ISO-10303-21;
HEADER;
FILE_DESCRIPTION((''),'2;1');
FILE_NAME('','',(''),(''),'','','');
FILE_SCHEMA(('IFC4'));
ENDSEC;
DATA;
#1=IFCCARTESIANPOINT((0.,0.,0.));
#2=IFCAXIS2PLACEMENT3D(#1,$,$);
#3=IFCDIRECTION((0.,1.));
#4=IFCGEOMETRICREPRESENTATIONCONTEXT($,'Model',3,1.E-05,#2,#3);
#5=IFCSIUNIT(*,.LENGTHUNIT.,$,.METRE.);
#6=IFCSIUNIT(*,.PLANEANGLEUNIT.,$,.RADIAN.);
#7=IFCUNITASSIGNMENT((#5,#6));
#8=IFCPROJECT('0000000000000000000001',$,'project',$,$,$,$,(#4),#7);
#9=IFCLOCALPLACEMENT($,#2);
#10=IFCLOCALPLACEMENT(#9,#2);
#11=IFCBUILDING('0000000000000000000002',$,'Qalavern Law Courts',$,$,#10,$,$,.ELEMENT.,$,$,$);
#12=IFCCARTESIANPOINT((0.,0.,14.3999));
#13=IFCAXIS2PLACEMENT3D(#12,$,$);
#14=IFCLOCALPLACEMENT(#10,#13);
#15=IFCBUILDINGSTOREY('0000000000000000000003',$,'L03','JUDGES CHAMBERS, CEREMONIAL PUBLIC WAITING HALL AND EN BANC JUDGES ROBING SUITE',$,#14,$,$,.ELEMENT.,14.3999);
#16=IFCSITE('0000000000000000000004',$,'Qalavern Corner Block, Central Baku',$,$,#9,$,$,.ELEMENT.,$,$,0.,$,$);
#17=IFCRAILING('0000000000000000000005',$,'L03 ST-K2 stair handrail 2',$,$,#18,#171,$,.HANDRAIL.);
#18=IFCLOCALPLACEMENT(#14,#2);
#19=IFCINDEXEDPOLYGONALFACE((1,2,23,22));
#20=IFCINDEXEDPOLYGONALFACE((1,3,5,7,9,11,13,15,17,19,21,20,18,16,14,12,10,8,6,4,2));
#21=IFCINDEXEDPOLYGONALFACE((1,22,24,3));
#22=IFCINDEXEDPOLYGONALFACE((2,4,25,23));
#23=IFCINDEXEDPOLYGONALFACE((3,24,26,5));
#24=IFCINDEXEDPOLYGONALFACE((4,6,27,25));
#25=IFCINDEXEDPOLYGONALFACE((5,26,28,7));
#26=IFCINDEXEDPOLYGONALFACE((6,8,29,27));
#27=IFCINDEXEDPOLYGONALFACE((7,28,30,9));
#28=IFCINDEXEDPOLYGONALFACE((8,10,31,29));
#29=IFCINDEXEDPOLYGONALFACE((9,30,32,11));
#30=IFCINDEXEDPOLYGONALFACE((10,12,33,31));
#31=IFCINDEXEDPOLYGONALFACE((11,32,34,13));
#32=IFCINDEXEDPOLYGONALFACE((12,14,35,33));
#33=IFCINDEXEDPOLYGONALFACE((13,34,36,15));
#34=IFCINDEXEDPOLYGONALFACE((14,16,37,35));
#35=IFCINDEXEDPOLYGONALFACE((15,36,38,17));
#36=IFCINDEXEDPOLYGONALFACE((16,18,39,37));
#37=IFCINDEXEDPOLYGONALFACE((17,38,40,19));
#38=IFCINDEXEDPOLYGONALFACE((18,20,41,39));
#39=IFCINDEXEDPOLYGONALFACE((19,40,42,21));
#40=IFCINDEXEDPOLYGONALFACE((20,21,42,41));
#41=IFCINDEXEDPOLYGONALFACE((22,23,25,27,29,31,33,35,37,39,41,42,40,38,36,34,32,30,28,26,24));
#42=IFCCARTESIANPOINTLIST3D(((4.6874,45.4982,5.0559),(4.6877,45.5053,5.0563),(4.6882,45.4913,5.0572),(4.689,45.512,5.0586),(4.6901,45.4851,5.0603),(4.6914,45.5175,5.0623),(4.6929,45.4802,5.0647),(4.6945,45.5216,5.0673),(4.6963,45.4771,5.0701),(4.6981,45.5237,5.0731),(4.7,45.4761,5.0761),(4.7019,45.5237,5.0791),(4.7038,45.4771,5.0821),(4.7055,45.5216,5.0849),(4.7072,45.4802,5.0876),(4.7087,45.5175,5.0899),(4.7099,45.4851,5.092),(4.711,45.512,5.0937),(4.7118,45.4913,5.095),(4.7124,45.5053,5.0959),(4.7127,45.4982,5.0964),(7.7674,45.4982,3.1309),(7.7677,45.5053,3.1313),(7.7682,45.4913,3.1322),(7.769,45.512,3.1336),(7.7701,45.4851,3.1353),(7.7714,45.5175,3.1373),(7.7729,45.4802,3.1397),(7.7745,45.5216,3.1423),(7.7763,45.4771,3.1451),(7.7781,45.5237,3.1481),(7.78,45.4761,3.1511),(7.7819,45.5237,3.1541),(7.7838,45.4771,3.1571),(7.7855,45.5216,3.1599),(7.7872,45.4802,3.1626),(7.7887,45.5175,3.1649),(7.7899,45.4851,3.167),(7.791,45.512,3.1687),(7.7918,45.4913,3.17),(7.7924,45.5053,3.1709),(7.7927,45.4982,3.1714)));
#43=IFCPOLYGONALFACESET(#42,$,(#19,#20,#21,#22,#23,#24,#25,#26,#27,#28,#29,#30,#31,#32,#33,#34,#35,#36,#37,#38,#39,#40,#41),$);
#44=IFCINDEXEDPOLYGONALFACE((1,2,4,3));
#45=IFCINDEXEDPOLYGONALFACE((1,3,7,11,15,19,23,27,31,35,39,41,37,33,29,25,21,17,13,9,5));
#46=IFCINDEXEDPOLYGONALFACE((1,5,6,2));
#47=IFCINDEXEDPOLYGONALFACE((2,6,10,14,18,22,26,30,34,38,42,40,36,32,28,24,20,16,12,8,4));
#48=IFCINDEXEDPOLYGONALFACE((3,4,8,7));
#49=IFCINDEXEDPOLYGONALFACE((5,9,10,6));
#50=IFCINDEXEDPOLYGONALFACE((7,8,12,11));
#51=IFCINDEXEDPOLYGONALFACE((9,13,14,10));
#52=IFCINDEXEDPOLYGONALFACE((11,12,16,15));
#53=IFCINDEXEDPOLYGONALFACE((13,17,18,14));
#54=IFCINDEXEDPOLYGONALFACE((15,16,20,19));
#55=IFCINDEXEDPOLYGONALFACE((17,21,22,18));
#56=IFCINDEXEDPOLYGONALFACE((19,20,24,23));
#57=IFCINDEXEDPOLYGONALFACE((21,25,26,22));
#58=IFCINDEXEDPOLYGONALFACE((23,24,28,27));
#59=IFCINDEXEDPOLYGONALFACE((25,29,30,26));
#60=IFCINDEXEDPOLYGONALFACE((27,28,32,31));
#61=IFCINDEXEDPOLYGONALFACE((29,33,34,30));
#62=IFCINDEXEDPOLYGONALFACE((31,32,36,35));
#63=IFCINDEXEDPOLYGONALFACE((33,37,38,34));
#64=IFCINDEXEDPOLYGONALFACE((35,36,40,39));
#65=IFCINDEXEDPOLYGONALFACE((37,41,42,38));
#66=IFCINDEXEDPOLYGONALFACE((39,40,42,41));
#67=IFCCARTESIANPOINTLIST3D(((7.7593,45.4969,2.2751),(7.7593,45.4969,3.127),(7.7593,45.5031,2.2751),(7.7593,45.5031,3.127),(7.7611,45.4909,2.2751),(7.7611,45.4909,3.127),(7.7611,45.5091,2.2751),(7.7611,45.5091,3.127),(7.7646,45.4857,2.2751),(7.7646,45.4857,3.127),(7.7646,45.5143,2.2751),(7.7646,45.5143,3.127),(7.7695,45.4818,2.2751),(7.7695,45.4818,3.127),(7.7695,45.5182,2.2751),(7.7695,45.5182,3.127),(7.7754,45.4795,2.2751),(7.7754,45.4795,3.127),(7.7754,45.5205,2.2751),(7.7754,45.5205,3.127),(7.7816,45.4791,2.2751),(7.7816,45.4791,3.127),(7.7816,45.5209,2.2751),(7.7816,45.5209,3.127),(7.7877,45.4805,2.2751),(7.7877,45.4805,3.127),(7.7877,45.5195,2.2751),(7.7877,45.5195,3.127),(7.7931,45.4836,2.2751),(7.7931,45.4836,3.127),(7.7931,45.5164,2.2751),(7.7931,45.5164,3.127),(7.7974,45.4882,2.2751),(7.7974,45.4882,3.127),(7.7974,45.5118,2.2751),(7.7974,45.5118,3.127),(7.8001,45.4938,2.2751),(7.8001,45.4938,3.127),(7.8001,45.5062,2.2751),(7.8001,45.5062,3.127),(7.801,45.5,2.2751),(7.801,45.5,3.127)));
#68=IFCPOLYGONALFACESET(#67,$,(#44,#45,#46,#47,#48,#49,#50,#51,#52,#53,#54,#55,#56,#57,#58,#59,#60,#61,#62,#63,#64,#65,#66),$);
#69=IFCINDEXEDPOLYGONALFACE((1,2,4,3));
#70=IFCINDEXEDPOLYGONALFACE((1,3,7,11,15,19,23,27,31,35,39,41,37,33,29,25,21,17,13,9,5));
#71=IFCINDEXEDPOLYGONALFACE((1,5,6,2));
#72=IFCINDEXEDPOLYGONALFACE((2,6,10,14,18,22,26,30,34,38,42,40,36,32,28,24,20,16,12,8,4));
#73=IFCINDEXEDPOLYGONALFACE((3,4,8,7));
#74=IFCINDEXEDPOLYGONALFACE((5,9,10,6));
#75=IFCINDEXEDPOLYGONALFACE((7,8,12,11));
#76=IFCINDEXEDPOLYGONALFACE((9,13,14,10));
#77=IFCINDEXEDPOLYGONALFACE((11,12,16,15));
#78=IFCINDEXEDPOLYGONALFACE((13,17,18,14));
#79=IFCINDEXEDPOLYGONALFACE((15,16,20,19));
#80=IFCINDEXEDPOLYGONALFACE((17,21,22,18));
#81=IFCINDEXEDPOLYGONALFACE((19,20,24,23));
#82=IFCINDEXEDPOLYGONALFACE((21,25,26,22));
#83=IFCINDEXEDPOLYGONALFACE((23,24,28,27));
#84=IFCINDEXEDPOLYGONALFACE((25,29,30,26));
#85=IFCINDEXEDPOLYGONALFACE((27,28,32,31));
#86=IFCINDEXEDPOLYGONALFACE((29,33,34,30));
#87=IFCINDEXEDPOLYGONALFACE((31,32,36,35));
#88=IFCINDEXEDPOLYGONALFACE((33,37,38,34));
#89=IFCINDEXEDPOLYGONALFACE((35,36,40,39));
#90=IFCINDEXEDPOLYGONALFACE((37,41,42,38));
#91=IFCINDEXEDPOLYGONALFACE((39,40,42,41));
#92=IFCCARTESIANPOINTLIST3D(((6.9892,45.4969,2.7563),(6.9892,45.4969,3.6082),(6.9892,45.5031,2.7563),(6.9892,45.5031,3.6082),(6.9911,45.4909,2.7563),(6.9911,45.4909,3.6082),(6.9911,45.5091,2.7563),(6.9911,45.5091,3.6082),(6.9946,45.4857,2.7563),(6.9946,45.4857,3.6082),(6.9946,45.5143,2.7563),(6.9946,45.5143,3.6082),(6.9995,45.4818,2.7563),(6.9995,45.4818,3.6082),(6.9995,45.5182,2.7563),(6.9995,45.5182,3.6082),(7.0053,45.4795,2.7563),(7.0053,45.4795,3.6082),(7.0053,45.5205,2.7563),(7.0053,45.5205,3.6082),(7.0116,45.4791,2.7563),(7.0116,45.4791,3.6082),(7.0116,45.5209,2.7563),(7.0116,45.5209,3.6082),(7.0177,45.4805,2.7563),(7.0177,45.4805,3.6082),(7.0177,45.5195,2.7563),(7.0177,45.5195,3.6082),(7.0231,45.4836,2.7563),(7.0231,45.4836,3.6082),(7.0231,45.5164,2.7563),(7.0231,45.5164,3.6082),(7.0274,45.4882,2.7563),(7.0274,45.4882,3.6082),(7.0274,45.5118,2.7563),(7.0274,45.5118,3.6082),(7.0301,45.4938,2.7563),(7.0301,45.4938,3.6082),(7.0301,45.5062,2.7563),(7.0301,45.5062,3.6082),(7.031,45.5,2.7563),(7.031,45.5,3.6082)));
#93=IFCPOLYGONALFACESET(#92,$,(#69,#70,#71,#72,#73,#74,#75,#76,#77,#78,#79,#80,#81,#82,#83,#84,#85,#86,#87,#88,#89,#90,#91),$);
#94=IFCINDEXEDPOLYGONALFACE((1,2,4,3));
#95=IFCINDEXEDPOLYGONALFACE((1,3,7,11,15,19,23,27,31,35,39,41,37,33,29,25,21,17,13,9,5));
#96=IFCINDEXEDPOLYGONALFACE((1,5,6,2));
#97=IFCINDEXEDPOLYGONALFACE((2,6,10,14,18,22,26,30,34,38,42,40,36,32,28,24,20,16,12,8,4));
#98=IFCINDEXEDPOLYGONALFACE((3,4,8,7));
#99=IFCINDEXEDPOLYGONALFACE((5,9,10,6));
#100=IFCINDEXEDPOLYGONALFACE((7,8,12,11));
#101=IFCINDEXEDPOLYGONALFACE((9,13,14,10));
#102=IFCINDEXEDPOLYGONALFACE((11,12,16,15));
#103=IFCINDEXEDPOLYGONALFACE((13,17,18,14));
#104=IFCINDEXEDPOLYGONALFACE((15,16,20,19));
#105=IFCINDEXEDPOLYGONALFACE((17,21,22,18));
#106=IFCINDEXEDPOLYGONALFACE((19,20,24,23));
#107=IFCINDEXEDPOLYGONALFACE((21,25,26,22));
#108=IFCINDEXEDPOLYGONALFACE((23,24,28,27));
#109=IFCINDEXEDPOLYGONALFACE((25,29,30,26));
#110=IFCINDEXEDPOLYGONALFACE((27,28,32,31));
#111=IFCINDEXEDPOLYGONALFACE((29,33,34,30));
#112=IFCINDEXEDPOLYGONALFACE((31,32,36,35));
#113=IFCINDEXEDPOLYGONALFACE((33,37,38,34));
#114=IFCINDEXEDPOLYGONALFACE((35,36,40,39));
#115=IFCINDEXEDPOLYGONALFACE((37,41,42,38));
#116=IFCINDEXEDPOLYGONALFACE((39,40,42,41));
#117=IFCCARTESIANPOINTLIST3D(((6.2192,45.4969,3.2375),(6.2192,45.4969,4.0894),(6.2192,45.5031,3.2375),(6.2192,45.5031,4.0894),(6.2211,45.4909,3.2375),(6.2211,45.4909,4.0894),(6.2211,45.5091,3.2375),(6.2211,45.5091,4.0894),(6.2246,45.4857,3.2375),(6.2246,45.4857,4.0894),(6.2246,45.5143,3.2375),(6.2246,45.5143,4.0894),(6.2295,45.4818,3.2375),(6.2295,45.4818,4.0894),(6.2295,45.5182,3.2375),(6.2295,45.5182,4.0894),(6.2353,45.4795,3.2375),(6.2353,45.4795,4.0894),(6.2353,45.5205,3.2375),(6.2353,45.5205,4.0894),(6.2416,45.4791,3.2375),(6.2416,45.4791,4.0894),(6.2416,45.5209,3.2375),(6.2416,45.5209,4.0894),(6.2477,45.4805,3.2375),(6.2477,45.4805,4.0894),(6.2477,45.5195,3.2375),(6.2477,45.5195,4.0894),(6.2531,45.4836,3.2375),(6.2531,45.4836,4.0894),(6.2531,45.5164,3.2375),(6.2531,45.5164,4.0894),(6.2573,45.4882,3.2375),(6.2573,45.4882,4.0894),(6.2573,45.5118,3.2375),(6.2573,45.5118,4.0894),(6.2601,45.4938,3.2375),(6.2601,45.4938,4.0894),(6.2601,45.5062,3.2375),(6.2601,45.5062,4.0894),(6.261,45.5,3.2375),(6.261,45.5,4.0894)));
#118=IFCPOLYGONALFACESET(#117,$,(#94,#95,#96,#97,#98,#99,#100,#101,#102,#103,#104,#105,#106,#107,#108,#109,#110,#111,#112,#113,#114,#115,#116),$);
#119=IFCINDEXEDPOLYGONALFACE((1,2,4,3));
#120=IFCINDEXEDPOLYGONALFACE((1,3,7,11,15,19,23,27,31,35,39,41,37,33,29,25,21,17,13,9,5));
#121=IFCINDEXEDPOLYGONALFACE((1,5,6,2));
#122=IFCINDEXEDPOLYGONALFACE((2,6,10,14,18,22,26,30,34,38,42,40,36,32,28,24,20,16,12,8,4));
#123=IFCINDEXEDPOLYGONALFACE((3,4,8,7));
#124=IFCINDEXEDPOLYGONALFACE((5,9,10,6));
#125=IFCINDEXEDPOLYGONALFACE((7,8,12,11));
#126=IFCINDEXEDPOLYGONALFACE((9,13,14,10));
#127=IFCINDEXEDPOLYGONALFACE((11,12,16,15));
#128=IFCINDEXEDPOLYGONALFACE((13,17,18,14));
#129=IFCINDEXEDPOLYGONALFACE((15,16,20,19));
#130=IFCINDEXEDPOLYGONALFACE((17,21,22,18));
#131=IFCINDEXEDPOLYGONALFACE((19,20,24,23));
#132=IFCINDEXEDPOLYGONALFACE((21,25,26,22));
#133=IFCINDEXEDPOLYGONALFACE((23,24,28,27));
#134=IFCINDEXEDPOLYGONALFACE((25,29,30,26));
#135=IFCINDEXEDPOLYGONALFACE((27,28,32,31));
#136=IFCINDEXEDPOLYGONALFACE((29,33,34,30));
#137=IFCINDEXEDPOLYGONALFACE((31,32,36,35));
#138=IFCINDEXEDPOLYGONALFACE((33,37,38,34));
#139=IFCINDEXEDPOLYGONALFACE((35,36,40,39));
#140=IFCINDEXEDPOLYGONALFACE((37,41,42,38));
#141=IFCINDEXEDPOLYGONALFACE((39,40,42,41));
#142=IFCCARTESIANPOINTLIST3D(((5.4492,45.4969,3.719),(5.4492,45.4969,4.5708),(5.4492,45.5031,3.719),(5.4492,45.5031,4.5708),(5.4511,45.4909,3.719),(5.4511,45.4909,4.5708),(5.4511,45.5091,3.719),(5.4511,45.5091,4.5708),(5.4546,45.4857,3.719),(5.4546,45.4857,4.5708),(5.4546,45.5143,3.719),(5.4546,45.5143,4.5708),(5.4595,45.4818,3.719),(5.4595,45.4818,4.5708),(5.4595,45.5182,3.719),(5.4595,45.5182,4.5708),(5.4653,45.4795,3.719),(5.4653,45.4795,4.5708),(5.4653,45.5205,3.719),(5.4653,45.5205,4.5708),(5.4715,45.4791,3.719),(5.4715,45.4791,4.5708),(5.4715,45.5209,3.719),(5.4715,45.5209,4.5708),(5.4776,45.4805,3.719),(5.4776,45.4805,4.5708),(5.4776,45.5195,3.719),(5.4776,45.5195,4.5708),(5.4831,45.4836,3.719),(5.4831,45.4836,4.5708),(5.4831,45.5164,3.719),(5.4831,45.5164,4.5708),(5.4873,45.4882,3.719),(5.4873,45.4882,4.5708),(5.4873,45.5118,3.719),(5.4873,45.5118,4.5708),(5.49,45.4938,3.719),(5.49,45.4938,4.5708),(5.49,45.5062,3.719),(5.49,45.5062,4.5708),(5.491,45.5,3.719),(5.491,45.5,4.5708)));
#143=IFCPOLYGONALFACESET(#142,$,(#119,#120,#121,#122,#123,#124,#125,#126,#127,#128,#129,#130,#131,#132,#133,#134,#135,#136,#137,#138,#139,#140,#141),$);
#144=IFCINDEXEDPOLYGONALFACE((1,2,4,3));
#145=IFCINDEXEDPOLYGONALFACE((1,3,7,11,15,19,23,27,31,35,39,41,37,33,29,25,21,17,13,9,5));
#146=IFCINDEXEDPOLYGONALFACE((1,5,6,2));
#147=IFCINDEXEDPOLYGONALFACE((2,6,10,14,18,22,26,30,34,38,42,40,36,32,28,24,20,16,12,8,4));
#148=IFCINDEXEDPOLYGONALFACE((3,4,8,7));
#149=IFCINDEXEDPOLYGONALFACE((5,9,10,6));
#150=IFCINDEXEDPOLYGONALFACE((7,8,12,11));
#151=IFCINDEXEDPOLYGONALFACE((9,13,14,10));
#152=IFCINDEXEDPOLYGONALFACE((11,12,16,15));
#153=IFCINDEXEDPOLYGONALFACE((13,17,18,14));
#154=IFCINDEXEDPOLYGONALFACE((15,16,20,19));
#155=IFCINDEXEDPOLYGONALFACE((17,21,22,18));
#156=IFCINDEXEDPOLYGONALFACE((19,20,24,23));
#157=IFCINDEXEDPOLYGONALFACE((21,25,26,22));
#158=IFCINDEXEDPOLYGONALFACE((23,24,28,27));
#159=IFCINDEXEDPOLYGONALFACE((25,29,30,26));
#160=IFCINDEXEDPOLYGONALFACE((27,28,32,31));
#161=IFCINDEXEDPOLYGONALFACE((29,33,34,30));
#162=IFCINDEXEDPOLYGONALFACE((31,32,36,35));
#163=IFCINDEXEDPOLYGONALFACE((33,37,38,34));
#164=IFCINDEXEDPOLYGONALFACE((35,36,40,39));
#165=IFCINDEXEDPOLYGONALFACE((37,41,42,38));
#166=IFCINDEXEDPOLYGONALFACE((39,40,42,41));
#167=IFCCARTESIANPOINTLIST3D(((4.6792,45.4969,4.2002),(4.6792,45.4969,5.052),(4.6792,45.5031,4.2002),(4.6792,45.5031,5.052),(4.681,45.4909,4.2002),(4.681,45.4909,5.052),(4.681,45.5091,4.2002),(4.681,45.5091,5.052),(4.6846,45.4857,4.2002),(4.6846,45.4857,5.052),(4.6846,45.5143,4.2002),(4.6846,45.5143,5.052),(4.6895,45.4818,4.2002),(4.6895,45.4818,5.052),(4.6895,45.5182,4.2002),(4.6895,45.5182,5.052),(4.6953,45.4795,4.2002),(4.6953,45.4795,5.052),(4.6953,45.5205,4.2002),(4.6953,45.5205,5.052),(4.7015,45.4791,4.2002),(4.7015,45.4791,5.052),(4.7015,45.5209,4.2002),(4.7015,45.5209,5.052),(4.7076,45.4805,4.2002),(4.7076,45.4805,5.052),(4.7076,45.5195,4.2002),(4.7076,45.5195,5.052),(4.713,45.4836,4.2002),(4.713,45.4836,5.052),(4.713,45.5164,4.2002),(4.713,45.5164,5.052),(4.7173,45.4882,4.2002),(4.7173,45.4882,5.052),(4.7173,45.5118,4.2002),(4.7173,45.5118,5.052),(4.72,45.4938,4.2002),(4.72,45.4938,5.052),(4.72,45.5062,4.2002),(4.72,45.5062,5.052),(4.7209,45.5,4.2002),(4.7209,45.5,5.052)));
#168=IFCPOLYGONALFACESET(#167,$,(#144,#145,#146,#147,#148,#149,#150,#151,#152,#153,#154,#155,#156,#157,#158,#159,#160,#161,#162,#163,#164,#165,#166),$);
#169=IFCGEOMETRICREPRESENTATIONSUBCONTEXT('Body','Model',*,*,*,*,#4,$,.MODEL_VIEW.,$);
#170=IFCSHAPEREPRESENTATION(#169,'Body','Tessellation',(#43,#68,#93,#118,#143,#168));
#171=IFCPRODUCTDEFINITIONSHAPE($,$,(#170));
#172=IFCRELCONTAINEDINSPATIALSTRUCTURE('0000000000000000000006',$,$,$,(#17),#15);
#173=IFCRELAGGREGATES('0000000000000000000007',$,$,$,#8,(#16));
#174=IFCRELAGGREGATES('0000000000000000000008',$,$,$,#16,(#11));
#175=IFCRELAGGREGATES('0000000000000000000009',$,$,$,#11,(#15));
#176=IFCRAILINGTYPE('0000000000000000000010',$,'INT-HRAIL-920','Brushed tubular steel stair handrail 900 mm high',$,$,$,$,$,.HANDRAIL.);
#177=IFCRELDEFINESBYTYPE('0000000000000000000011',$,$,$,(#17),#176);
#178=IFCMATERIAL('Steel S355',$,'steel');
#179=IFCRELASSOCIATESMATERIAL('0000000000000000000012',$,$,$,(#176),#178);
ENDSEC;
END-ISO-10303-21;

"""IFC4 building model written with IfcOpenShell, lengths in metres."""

from ifc_helpers import new_model, si_unit, direction, frame, origin, origin_2d, place, context, subcontext, project, spatial, circle, extrude, material, type_object, element, save


model = new_model("IFC4")

# Units and contexts
model_context = context("Model", 3, precision=1e-05, world=origin(), true_north=direction((0.0, 1.0)))
body_context = subcontext(model_context, "Body", "Model", "MODEL_VIEW")
ifc_project = project(units=[si_unit("LENGTHUNIT", "METRE"), si_unit("PLANEANGLEUNIT", "RADIAN")], contexts=[model_context])

# Site, building, storey
site_placement = place(None, origin())
site = spatial("IfcSite", under=ifc_project, at=site_placement, Name="Qalavern Corner Block, Central Baku", CompositionType="ELEMENT", RefElevation=0.0)
building_placement = place(site_placement, origin())
building = spatial("IfcBuilding", under=site, at=building_placement, Name="Qalavern Law Courts", CompositionType="ELEMENT")
storey_placement = place(building_placement, frame((0.0, 0.0, 14.3999)))
storey = spatial("IfcBuildingStorey", under=building, at=storey_placement, Name="L03", Description="JUDGES CHAMBERS, CEREMONIAL PUBLIC WAITING HALL AND EN BANC JUDGES ROBING SUITE", CompositionType="ELEMENT", Elevation=14.3999)

# Shared definitions
ifc_material_1 = material(Name="Steel S355", Category="steel")

# Railing
railing_type_1 = type_object("IfcRailingType", Name="INT-HRAIL-920", Description="Brushed tubular steel stair handrail 900 mm high", PredefinedType="HANDRAIL", material=ifc_material_1)
railing_1_placement = place(storey_placement, frame((7.78, 45.5, 2.2751)))
element("IfcRailing", 1, at=railing_1_placement, inside=storey, type_object=railing_type_1, Name="L03 ST-K2 stair handrail 2", PredefinedType="HANDRAIL", context=body_context, shape_type="SweptSolid", body=[
    extrude(circle(Radius=0.0239, at=origin_2d()), frame((0.0, 0.0, 0.876), z_axis=(-0.847998, 0.0, 0.529999), x_axis=(0.0, -1.0, 0.0)), (0.0, 0.0, 1.0), 3.6321),
    extrude(circle(Radius=0.021, at=origin_2d()), origin(), (0.0, 0.0, 1.0), 0.8518),
    extrude(circle(Radius=0.021, at=origin_2d()), frame((-0.77, 0.0, 0.4812)), (0.0, 0.0, 1.0), 0.8518),
    extrude(circle(Radius=0.021, at=origin_2d()), frame((-1.54, 0.0, 0.9624)), (0.0, 0.0, 1.0), 0.8518),
    extrude(circle(Radius=0.021, at=origin_2d()), frame((-2.3101, 0.0, 1.4438)), (0.0, 0.0, 1.0), 0.8518),
    extrude(circle(Radius=0.021, at=origin_2d()), frame((-3.0801, 0.0, 1.925)), (0.0, 0.0, 1.0), 0.8518),
])

save(model, "model.ifc")
